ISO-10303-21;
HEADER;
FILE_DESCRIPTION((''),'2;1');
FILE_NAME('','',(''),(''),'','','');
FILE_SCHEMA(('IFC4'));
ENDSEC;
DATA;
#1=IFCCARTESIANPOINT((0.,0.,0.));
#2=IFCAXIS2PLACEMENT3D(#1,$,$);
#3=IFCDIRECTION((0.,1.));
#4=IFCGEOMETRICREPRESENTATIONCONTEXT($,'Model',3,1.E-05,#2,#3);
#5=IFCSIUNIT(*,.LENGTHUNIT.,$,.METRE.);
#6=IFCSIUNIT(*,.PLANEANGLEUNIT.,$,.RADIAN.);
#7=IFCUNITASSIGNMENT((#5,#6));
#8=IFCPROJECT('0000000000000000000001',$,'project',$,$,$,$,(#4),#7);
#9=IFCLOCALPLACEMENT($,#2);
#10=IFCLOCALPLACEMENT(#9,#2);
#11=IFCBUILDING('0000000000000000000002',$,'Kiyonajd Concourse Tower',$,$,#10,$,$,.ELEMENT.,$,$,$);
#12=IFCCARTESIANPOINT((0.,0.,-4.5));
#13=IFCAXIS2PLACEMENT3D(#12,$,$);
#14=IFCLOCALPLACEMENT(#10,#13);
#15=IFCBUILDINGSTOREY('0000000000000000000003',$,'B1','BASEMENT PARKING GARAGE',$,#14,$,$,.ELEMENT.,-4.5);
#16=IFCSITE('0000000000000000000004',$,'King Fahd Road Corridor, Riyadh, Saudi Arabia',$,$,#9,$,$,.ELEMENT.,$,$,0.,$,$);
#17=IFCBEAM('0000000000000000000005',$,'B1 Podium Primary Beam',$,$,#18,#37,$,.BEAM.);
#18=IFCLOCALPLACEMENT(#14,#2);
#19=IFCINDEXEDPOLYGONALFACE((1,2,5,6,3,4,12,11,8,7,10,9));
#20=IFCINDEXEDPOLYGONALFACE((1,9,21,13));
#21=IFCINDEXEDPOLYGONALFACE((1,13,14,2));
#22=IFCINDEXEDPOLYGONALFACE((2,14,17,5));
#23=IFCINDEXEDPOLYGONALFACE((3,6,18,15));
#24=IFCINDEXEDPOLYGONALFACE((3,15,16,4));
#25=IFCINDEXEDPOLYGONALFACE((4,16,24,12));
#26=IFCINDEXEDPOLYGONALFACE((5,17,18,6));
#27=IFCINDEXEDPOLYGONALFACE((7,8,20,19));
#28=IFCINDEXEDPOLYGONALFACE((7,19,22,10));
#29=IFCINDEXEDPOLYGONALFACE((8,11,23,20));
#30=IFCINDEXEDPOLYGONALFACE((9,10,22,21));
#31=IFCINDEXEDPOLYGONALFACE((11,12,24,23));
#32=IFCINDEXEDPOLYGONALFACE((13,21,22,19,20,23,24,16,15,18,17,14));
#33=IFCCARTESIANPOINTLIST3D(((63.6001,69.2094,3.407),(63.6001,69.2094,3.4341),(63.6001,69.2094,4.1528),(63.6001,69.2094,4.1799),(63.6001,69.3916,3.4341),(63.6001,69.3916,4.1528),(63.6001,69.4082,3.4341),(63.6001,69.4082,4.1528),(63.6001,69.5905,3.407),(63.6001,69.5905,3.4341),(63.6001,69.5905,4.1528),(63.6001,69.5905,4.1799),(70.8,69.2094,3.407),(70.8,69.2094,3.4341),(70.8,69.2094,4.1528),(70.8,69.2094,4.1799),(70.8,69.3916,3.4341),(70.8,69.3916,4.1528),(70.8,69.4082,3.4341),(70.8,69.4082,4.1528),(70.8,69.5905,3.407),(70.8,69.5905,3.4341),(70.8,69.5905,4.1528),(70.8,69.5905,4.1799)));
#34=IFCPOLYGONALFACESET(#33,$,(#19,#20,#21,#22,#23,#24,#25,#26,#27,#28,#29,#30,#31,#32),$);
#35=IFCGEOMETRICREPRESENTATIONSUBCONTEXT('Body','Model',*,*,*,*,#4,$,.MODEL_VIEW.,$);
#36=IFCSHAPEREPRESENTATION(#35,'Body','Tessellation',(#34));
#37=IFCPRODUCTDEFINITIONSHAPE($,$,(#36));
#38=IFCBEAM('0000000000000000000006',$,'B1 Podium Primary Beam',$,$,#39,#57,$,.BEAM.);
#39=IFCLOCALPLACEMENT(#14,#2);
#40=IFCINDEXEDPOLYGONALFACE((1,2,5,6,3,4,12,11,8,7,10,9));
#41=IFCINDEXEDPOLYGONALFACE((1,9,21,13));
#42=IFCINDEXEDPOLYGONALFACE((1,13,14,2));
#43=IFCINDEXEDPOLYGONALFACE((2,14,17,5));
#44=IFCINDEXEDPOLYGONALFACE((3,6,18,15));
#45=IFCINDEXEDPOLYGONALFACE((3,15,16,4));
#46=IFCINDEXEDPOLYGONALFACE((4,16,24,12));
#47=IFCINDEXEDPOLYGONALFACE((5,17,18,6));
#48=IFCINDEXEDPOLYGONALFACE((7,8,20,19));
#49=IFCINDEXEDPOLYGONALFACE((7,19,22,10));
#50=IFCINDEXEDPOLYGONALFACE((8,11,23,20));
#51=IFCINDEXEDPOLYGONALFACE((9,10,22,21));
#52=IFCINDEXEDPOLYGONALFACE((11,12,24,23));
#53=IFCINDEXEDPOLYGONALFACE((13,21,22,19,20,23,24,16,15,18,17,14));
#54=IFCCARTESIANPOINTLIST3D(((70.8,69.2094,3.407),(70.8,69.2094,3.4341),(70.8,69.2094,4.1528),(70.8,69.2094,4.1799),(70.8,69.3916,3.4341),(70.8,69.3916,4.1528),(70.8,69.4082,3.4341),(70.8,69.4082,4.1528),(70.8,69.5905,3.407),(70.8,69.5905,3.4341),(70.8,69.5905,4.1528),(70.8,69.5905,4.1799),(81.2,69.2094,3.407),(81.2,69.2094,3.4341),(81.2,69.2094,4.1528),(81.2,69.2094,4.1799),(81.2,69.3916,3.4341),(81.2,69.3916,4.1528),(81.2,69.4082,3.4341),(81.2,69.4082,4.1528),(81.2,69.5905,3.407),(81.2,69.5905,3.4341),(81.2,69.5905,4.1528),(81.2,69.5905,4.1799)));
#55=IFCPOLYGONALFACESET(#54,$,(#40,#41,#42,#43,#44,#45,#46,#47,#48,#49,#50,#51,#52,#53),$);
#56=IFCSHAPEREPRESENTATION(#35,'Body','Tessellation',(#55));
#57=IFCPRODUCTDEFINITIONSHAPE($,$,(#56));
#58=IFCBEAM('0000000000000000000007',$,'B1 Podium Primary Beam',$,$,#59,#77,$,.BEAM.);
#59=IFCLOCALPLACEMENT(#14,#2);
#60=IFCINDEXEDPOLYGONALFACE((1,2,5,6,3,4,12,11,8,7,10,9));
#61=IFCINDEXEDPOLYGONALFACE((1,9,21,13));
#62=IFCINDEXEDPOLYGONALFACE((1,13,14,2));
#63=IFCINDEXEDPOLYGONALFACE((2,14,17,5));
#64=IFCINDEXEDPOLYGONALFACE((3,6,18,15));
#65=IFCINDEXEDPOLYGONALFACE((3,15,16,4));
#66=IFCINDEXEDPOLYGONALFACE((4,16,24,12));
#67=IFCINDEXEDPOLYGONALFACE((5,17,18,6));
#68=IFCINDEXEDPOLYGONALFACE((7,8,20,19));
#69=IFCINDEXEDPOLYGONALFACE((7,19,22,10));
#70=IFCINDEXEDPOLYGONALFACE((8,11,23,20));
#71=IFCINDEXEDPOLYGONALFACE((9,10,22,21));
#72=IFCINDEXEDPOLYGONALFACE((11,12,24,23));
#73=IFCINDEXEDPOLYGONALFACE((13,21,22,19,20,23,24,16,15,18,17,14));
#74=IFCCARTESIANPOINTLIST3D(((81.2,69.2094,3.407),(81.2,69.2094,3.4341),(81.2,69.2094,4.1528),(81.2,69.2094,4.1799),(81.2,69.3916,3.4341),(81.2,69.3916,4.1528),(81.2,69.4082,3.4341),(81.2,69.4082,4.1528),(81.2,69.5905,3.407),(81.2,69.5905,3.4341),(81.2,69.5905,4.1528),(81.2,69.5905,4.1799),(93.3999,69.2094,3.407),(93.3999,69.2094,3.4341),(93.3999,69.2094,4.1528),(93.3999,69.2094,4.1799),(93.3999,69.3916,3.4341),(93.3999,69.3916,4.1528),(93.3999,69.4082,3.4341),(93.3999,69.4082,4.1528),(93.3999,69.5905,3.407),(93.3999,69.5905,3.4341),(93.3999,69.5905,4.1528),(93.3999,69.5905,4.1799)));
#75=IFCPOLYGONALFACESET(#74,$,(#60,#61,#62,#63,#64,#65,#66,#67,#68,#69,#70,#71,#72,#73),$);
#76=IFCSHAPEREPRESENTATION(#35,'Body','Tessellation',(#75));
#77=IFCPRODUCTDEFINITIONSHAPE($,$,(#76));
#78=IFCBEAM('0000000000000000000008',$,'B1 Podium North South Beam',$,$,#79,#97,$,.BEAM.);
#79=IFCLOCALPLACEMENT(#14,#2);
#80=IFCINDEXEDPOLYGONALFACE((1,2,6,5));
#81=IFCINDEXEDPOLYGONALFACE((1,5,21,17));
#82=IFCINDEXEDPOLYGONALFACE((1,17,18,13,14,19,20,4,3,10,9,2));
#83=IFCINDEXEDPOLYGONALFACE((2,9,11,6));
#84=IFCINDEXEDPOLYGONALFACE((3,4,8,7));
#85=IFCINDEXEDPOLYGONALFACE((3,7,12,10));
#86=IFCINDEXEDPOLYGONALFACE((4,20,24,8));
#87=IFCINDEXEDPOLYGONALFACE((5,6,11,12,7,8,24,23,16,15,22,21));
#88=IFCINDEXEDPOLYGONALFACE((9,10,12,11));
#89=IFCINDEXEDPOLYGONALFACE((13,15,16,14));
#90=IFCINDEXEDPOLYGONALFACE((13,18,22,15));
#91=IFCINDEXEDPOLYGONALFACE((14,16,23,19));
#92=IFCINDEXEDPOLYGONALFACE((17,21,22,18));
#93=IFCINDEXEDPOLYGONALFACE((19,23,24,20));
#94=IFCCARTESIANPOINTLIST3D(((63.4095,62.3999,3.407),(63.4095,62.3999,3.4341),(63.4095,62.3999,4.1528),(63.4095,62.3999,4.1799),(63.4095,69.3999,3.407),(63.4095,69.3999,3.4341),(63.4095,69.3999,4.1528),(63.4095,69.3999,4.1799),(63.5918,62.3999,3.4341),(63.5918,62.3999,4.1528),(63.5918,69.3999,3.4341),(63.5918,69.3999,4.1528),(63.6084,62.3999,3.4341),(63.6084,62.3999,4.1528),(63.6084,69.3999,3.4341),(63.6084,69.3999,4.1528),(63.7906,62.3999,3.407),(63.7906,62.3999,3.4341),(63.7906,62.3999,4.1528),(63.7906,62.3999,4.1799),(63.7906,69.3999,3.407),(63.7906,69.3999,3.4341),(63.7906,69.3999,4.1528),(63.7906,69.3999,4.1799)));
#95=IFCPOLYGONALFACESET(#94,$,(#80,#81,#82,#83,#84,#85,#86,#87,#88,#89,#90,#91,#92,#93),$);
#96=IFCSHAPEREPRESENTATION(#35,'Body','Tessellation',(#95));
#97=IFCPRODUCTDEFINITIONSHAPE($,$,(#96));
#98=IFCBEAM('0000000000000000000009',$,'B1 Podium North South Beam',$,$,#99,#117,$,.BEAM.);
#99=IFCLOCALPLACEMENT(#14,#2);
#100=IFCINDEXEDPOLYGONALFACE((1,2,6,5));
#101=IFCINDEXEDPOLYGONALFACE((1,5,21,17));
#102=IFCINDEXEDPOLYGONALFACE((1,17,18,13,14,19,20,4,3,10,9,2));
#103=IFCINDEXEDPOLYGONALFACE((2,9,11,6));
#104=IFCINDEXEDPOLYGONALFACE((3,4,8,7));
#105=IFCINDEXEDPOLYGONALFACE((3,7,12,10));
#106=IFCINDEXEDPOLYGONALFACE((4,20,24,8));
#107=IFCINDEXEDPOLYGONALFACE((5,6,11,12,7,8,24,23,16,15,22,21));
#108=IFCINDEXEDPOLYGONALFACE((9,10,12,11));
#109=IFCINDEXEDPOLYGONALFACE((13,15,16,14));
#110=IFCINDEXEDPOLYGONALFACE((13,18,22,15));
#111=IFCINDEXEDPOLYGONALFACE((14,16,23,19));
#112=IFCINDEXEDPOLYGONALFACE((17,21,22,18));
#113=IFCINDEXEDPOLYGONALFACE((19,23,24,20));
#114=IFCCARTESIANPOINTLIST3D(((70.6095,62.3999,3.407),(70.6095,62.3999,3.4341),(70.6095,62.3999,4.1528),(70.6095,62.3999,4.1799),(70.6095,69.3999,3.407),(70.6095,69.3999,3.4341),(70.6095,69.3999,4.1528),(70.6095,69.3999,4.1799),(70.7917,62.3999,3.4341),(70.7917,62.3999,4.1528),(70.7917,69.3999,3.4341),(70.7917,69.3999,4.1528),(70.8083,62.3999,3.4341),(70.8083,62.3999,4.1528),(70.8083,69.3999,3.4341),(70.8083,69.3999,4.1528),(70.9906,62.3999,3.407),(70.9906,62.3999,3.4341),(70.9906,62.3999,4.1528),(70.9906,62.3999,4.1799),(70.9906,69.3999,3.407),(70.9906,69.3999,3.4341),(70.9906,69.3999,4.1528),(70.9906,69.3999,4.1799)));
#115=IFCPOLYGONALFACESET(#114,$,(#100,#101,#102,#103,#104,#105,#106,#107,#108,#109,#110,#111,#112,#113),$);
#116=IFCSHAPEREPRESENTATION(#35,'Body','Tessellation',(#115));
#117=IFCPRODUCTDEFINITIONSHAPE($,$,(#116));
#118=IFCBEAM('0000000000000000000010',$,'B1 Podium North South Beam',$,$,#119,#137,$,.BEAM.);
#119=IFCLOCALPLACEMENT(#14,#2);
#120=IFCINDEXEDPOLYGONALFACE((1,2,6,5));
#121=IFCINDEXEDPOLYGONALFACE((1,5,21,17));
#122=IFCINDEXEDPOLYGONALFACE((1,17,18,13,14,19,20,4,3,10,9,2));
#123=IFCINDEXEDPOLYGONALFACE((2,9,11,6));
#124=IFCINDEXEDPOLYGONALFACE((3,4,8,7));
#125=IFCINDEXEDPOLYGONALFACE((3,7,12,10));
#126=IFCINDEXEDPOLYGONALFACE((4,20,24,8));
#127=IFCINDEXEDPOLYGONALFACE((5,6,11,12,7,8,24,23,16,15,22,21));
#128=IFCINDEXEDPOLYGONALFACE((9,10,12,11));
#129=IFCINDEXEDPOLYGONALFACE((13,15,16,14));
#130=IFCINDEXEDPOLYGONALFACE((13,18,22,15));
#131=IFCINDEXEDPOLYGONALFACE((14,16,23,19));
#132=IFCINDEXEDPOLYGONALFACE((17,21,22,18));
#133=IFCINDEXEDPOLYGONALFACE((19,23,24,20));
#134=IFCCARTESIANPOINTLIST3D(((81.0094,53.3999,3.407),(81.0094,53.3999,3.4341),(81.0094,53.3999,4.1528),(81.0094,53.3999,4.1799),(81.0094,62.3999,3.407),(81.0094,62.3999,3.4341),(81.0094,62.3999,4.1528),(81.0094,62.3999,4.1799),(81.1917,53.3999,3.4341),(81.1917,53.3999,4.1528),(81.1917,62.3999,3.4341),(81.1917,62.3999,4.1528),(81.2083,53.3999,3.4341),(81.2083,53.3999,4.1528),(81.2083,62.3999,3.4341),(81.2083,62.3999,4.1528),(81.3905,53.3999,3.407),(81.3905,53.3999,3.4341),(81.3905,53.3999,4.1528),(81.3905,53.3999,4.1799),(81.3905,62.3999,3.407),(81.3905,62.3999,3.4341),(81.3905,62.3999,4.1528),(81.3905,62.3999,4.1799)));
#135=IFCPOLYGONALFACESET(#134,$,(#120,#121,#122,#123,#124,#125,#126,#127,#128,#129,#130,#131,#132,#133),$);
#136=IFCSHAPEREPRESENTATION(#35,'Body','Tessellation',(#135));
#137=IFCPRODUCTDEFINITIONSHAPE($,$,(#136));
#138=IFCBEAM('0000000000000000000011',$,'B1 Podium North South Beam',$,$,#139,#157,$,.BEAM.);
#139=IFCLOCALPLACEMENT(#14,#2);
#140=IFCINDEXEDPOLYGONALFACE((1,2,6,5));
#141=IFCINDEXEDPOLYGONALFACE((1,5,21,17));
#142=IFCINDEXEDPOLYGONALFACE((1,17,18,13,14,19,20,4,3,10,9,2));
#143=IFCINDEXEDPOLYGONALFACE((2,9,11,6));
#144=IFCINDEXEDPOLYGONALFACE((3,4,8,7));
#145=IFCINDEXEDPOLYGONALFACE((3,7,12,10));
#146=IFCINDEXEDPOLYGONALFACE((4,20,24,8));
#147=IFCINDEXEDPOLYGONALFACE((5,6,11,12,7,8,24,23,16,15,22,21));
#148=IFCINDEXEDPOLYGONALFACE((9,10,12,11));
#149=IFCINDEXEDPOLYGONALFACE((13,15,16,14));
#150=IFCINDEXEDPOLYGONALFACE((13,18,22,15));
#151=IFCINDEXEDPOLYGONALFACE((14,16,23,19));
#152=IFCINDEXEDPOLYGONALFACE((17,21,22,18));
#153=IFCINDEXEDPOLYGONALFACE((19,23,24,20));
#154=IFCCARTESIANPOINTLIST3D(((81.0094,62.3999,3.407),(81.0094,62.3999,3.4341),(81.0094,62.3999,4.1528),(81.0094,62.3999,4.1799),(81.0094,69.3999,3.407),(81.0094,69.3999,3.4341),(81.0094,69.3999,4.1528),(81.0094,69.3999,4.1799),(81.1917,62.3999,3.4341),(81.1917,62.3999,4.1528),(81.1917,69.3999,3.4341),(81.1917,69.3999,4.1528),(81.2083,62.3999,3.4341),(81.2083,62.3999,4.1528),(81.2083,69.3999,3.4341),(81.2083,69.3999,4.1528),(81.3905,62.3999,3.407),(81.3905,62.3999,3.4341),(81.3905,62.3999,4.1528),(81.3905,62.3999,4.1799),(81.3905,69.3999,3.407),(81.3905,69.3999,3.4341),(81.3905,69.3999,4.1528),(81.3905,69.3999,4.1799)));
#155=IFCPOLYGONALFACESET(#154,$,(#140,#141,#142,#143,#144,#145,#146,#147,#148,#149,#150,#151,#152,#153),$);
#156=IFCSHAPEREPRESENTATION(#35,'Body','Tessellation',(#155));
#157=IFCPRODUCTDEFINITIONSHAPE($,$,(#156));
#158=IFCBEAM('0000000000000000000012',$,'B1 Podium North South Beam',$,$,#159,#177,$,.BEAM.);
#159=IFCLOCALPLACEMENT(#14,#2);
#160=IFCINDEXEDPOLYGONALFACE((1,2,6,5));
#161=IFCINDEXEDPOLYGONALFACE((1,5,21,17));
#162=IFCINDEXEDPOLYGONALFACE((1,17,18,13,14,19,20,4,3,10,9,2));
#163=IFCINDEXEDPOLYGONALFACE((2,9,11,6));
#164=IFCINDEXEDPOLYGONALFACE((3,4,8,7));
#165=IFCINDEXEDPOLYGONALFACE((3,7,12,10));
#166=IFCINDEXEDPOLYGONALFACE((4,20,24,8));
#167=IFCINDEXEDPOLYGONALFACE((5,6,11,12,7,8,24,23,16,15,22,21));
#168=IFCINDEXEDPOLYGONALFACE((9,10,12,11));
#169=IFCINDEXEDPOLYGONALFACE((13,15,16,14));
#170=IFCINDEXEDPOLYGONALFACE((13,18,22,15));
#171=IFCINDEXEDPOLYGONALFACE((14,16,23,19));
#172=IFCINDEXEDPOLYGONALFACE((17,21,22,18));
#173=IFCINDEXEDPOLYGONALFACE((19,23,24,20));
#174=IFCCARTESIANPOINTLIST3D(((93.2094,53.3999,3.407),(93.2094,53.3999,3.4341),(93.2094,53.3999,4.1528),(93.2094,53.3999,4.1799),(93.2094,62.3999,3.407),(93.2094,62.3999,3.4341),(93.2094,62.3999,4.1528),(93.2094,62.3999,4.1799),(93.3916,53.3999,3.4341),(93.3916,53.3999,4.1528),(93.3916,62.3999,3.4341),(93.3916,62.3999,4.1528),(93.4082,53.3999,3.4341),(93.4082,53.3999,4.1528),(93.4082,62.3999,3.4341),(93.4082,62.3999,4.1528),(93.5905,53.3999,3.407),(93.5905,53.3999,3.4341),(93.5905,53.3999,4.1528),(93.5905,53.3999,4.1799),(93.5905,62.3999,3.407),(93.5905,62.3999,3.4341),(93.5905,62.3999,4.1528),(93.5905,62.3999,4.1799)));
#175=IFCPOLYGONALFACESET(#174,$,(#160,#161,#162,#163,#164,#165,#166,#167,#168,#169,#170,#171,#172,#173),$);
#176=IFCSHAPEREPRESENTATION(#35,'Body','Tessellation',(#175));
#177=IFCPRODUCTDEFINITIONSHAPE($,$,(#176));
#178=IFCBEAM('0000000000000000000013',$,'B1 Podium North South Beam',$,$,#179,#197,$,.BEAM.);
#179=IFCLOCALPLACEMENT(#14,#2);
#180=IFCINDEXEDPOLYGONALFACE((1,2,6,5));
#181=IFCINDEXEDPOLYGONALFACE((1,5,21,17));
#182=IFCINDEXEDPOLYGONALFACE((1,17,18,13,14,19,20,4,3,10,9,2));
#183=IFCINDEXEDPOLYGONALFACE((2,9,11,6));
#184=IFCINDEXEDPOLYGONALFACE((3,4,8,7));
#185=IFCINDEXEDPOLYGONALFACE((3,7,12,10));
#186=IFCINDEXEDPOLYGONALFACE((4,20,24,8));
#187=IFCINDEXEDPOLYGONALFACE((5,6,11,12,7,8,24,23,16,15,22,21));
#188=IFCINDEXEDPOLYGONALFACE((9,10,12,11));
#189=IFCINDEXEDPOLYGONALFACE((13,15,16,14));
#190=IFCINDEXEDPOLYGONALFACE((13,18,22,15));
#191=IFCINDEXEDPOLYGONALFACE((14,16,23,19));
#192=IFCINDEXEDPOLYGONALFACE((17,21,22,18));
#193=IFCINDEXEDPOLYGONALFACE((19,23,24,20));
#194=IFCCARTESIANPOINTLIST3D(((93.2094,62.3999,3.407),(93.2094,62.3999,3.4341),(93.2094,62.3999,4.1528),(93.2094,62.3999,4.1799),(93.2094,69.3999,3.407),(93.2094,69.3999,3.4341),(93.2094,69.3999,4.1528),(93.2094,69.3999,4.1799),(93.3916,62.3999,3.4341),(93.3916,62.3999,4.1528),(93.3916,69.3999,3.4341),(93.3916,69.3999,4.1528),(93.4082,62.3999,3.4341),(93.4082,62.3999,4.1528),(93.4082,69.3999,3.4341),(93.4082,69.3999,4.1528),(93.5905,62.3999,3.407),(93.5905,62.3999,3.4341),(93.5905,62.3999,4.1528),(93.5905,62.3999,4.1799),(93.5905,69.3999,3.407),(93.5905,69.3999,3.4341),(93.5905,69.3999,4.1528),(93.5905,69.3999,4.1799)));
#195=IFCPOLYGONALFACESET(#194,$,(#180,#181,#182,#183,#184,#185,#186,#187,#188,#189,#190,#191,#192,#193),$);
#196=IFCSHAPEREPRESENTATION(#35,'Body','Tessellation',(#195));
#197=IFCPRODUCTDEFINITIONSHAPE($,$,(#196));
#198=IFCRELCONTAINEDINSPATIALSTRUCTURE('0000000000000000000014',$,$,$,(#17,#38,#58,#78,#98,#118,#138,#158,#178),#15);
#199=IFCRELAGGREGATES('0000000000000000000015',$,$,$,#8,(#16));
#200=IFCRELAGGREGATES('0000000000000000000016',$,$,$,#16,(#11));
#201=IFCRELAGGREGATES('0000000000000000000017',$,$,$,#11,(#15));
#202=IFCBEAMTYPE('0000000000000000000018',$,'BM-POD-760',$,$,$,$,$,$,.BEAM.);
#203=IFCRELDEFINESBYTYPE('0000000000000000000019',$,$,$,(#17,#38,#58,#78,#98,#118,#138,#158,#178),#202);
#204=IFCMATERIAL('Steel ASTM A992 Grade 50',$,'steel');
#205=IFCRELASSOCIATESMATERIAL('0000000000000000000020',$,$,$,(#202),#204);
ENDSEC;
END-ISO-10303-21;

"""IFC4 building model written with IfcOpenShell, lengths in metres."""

from ifc_helpers import new_model, si_unit, direction, frame, origin, origin_2d, place, context, subcontext, project, spatial, i_section, extrude, material, material_profile, profile_set, type_object, element, save


model = new_model("IFC4")

# Units and contexts
model_context = context("Model", 3, precision=1e-05, world=origin(), true_north=direction((0.0, 1.0)))
body_context = subcontext(model_context, "Body", "Model", "MODEL_VIEW")
ifc_project = project(units=[si_unit("LENGTHUNIT", "METRE"), si_unit("PLANEANGLEUNIT", "RADIAN")], contexts=[model_context])

# Site, building, storey
site_placement = place(None, origin())
site = spatial("IfcSite", under=ifc_project, at=site_placement, Name="King Fahd Road Corridor, Riyadh, Saudi Arabia", CompositionType="ELEMENT", RefElevation=0.0)
building_placement = place(site_placement, origin())
building = spatial("IfcBuilding", under=site, at=building_placement, Name="Kiyonajd Concourse Tower", CompositionType="ELEMENT")
storey_placement = place(building_placement, frame((0.0, 0.0, -4.5)))
storey = spatial("IfcBuildingStorey", under=building, at=storey_placement, Name="B1", Description="BASEMENT PARKING GARAGE", CompositionType="ELEMENT", Elevation=-4.5)

# Beams
ifc_material_1 = material(Name="Steel ASTM A992 Grade 50", Category="steel")
ifc_material_profile_1 = material_profile(ifc_material_1, i_section(OverallWidth=0.3811, OverallDepth=0.7729, WebThickness=0.0166, FlangeThickness=0.0271, at=origin_2d()), Name="W760X257")
ifc_profile_set_1 = profile_set([ifc_material_profile_1], Name="Steel ASTM A992 Grade 50")
beam_type = type_object("IfcBeamType", Name="BM-POD-760", PredefinedType="BEAM", material=ifc_profile_set_1)
beam_1_placement = place(storey_placement, frame((63.6001, 69.3999, 3.7935), z_axis=(1.0, 0.0, 0.0), x_axis=(0.0, 1.0, 0.0)))
element("IfcBeam", 1, at=beam_1_placement, inside=storey, type_object=beam_type, Name="B1 Podium Primary Beam", PredefinedType="BEAM", context=body_context, shape_type="SweptSolid", body=[
    extrude(i_section(OverallWidth=0.3811, OverallDepth=0.7729, WebThickness=0.0166, FlangeThickness=0.0271, at=origin_2d()), origin(), (0.0, 0.0, 1.0), 7.2),
])
beam_2_placement = place(storey_placement, frame((70.8, 69.3999, 3.7935), z_axis=(1.0, 0.0, 0.0), x_axis=(0.0, 1.0, 0.0)))
element("IfcBeam", 2, at=beam_2_placement, inside=storey, type_object=beam_type, Name="B1 Podium Primary Beam", PredefinedType="BEAM", context=body_context, shape_type="SweptSolid", body=[
    extrude(i_section(OverallWidth=0.3811, OverallDepth=0.7729, WebThickness=0.0166, FlangeThickness=0.0271, at=origin_2d()), origin(), (0.0, 0.0, 1.0), 10.3999),
])
beam_3_placement = place(storey_placement, frame((81.2, 69.3999, 3.7935), z_axis=(1.0, 0.0, 0.0), x_axis=(0.0, 1.0, 0.0)))
element("IfcBeam", 3, at=beam_3_placement, inside=storey, type_object=beam_type, Name="B1 Podium Primary Beam", PredefinedType="BEAM", context=body_context, shape_type="SweptSolid", body=[
    extrude(i_section(OverallWidth=0.3811, OverallDepth=0.7729, WebThickness=0.0166, FlangeThickness=0.0271, at=origin_2d()), origin(), (0.0, 0.0, 1.0), 12.2),
])
for number, where, z_axis, x_axis, name in (
    (4, (63.6001, 62.3999, 3.7935), (0.0, 1.0, 0.0), (-1.0, 0.0, 0.0), "B1 Podium North South Beam"),
    (5, (70.8, 62.3999, 3.7935), (0.0, 1.0, 0.0), (-1.0, 0.0, 0.0), "B1 Podium North South Beam"),
):
    element("IfcBeam", number, at=place(storey_placement, frame(where, z_axis=z_axis, x_axis=x_axis)), inside=storey, type_object=beam_type, Name=name, PredefinedType="BEAM", context=body_context, shape_type="SweptSolid", body=[
        extrude(i_section(OverallWidth=0.3811, OverallDepth=0.7729, WebThickness=0.0166, FlangeThickness=0.0271, at=origin_2d()), origin(), (0.0, 0.0, 1.0), 7.0),
    ])
beam_4_placement = place(storey_placement, frame((81.2, 53.3999, 3.7935), z_axis=(0.0, 1.0, 0.0), x_axis=(-1.0, 0.0, 0.0)))
element("IfcBeam", 6, at=beam_4_placement, inside=storey, type_object=beam_type, Name="B1 Podium North South Beam", PredefinedType="BEAM", context=body_context, shape_type="SweptSolid", body=[
    extrude(i_section(OverallWidth=0.3811, OverallDepth=0.7729, WebThickness=0.0166, FlangeThickness=0.0271, at=origin_2d()), origin(), (0.0, 0.0, 1.0), 9.0),
])
beam_5_placement = place(storey_placement, frame((81.2, 62.3999, 3.7935), z_axis=(0.0, 1.0, 0.0), x_axis=(-1.0, 0.0, 0.0)))
element("IfcBeam", 7, at=beam_5_placement, inside=storey, type_object=beam_type, Name="B1 Podium North South Beam", PredefinedType="BEAM", context=body_context, shape_type="SweptSolid", body=[
    extrude(i_section(OverallWidth=0.3811, OverallDepth=0.7729, WebThickness=0.0166, FlangeThickness=0.0271, at=origin_2d()), origin(), (0.0, 0.0, 1.0), 7.0),
])
beam_6_placement = place(storey_placement, frame((93.3999, 53.3999, 3.7935), z_axis=(0.0, 1.0, 0.0), x_axis=(-1.0, 0.0, 0.0)))
element("IfcBeam", 8, at=beam_6_placement, inside=storey, type_object=beam_type, Name="B1 Podium North South Beam", PredefinedType="BEAM", context=body_context, shape_type="SweptSolid", body=[
    extrude(i_section(OverallWidth=0.3811, OverallDepth=0.7729, WebThickness=0.0166, FlangeThickness=0.0271, at=origin_2d()), origin(), (0.0, 0.0, 1.0), 9.0),
])
beam_7_placement = place(storey_placement, frame((93.3999, 62.3999, 3.7935), z_axis=(0.0, 1.0, 0.0), x_axis=(-1.0, 0.0, 0.0)))
element("IfcBeam", 9, at=beam_7_placement, inside=storey, type_object=beam_type, Name="B1 Podium North South Beam", PredefinedType="BEAM", context=body_context, shape_type="SweptSolid", body=[
    extrude(i_section(OverallWidth=0.3811, OverallDepth=0.7729, WebThickness=0.0166, FlangeThickness=0.0271, at=origin_2d()), origin(), (0.0, 0.0, 1.0), 7.0),
])

save(model, "model.ifc")
